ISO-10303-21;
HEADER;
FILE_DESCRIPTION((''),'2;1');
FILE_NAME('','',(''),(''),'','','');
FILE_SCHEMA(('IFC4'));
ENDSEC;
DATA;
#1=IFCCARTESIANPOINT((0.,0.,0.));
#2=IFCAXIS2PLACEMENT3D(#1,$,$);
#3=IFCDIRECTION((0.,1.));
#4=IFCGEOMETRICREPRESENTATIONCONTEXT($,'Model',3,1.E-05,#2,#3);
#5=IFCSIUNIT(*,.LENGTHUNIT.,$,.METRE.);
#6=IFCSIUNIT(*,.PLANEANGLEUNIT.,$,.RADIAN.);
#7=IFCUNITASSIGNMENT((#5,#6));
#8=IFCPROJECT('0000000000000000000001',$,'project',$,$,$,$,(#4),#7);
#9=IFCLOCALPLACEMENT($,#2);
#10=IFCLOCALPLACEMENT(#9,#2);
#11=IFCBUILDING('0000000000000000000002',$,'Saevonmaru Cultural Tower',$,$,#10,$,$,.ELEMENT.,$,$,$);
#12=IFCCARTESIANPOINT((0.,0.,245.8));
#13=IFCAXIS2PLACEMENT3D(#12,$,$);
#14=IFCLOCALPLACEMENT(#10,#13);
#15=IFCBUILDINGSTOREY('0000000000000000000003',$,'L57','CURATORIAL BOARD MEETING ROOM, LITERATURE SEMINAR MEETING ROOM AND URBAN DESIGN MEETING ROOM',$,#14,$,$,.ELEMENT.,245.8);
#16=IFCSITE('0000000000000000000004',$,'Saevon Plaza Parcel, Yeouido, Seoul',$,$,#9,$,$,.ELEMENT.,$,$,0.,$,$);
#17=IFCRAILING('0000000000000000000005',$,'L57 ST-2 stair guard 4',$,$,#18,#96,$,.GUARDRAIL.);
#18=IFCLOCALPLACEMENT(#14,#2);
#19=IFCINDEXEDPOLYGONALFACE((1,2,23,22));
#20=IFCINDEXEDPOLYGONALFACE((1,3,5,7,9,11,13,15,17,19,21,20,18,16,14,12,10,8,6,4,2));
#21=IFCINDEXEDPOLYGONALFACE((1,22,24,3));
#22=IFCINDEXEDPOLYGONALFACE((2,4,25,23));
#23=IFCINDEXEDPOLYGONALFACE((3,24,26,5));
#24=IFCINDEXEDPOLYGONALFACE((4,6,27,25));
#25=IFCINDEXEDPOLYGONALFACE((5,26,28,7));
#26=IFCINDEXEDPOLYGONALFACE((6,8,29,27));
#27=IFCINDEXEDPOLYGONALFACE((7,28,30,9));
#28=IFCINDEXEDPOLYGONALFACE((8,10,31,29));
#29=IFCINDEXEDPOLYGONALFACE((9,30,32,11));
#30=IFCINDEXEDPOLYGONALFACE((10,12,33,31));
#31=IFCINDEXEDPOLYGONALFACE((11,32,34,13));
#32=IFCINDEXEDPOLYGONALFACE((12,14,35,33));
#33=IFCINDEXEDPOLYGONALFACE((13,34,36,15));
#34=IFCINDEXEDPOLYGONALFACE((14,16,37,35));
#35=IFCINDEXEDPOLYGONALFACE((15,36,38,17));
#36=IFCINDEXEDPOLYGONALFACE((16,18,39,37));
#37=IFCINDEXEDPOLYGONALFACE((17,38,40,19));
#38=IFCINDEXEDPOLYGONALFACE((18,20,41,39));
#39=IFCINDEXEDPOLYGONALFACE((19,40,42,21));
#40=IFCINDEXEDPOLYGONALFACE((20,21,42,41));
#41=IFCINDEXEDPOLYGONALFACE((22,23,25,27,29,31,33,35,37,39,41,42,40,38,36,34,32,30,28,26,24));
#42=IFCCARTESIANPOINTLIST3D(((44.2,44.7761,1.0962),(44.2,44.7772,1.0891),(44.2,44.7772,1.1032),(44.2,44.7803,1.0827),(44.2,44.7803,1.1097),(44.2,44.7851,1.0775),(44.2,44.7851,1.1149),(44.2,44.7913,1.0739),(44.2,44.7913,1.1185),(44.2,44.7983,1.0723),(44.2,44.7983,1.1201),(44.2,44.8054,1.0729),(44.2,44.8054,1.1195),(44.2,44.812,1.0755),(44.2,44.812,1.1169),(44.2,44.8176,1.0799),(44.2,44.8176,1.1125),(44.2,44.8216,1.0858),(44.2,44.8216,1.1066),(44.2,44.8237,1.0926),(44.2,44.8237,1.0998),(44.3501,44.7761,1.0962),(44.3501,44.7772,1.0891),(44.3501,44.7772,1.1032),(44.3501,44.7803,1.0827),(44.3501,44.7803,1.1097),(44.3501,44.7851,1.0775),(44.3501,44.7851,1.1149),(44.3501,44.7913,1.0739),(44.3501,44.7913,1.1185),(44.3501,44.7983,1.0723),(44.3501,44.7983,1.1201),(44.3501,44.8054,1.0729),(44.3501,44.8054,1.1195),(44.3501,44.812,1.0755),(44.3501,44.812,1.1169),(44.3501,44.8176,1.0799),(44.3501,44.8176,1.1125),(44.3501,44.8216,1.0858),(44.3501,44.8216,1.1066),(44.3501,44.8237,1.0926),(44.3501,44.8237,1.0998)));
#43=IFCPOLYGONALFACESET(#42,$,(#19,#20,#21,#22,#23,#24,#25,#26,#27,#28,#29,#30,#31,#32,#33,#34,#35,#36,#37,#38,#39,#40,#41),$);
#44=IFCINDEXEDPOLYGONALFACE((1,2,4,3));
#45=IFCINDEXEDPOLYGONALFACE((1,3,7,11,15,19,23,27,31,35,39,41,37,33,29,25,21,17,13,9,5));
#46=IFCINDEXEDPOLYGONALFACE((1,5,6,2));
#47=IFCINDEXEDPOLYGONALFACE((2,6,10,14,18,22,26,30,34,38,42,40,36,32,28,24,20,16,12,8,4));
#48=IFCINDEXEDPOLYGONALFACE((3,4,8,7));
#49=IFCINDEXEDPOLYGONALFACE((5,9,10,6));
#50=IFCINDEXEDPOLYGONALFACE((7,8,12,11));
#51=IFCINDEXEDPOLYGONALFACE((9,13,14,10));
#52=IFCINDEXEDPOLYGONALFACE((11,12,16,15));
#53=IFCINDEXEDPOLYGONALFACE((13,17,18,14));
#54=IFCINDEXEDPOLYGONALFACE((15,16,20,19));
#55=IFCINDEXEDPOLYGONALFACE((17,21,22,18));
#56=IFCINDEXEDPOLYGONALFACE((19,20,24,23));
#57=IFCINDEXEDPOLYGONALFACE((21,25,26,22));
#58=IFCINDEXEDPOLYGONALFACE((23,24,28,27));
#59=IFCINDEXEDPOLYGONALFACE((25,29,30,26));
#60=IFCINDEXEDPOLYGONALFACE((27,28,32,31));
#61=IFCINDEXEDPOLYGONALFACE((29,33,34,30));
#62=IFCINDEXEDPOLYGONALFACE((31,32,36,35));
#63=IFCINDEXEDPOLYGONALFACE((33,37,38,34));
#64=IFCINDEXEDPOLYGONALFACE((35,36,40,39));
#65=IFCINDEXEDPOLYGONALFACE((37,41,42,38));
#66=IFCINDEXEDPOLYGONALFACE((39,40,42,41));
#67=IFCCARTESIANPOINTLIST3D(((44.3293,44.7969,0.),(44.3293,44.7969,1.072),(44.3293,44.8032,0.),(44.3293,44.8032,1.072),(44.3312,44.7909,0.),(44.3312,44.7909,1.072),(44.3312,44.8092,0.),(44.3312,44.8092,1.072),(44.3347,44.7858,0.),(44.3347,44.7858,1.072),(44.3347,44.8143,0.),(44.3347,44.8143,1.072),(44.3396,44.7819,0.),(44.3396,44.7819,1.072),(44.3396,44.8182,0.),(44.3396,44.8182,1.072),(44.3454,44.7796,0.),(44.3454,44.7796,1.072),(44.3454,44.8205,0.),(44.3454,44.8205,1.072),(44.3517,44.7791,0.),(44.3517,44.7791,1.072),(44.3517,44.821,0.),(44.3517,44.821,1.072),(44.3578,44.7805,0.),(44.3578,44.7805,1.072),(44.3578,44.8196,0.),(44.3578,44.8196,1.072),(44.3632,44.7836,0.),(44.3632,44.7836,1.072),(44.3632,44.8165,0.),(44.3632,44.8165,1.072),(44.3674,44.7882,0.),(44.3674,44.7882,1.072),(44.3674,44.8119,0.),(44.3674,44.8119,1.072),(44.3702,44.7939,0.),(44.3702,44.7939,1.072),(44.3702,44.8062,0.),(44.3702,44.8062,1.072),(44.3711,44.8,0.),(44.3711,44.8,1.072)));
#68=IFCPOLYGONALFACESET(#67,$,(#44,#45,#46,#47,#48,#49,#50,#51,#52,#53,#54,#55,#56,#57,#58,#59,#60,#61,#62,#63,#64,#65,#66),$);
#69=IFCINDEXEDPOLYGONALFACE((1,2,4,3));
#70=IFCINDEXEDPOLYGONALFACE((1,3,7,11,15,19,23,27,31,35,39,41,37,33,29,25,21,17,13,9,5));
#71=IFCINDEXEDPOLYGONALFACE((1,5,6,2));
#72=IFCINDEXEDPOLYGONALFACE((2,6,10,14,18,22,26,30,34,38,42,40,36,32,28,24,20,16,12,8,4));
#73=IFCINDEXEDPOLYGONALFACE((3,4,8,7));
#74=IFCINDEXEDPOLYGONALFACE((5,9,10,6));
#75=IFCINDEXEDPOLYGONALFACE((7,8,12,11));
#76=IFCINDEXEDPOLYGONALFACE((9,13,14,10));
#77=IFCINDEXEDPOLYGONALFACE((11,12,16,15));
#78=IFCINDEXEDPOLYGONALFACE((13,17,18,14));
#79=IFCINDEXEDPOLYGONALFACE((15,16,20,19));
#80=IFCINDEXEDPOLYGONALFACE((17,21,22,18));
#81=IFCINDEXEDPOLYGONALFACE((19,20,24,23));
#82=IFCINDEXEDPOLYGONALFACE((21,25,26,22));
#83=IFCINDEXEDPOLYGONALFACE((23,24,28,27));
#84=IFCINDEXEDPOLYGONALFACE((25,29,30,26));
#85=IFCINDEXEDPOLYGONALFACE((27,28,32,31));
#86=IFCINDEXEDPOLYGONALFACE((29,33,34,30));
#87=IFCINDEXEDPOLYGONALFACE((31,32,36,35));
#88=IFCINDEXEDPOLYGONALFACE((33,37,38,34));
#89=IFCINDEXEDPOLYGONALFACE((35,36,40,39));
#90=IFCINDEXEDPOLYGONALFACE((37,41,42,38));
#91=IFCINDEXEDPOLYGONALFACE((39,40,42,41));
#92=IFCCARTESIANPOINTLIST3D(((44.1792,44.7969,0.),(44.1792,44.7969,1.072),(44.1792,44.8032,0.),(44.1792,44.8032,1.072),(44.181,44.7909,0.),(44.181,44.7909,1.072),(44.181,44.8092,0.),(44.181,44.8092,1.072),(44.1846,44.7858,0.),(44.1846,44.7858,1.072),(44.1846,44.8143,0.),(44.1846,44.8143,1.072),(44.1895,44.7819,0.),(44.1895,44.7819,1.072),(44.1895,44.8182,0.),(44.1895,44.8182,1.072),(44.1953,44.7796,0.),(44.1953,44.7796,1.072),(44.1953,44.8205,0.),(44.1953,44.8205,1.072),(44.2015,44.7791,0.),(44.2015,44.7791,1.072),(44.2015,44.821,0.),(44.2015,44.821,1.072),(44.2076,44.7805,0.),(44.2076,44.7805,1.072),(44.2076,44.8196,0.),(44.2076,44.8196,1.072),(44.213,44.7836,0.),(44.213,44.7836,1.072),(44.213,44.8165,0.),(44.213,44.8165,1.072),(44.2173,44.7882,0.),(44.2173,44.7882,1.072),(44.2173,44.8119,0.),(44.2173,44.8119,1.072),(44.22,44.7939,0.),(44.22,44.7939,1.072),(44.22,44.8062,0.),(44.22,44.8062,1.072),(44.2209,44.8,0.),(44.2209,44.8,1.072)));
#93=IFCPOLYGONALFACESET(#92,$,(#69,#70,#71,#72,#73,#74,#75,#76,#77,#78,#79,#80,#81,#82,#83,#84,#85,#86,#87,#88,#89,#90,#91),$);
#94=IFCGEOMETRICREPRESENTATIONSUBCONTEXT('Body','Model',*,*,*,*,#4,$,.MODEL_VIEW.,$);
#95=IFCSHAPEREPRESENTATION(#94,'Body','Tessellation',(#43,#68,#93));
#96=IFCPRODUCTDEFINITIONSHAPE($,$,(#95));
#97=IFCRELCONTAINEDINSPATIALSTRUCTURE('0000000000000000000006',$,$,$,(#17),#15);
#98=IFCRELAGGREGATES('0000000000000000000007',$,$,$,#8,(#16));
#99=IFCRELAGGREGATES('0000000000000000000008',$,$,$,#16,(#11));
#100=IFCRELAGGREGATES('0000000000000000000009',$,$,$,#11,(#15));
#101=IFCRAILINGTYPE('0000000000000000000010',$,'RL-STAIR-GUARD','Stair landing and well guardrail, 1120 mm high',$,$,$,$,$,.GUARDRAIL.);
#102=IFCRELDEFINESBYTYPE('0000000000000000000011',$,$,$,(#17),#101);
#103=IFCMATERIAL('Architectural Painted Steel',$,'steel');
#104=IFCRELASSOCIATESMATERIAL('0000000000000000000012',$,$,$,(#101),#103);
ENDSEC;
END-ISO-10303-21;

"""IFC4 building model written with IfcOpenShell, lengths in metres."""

from ifc_helpers import new_model, si_unit, direction, frame, origin, origin_2d, place, context, subcontext, project, spatial, circle, extrude, material, type_object, element, save


model = new_model("IFC4")

# Units and contexts
model_context = context("Model", 3, precision=1e-05, world=origin(), true_north=direction((0.0, 1.0)))
body_context = subcontext(model_context, "Body", "Model", "MODEL_VIEW")
ifc_project = project(units=[si_unit("LENGTHUNIT", "METRE"), si_unit("PLANEANGLEUNIT", "RADIAN")], contexts=[model_context])

# Site, building, storey
site_placement = place(None, origin())
site = spatial("IfcSite", under=ifc_project, at=site_placement, Name="Saevon Plaza Parcel, Yeouido, Seoul", CompositionType="ELEMENT", RefElevation=0.0)
building_placement = place(site_placement, origin())
building = spatial("IfcBuilding", under=site, at=building_placement, Name="Saevonmaru Cultural Tower", CompositionType="ELEMENT")
storey_placement = place(building_placement, frame((0.0, 0.0, 245.8)))
storey = spatial("IfcBuildingStorey", under=building, at=storey_placement, Name="L57", Description="CURATORIAL BOARD MEETING ROOM, LITERATURE SEMINAR MEETING ROOM AND URBAN DESIGN MEETING ROOM", CompositionType="ELEMENT", Elevation=245.8)

# Railing
ifc_material_1 = material(Name="Architectural Painted Steel", Category="steel")
railing_type_1 = type_object("IfcRailingType", Name="RL-STAIR-GUARD", Description="Stair landing and well guardrail, 1120 mm high", PredefinedType="GUARDRAIL", material=ifc_material_1)
railing_1_placement = place(storey_placement, frame((44.3501, 44.8, 0.0)))
element("IfcRailing", 1, at=railing_1_placement, inside=storey, type_object=railing_type_1, Name="L57 ST-2 stair guard 4", PredefinedType="GUARDRAIL", context=body_context, shape_type="SweptSolid", body=[
    extrude(circle(Radius=0.0239, at=origin_2d()), frame((0.0, 0.0, 1.0962), z_axis=(-1.0, 0.0, 0.0), x_axis=(0.0, -1.0, 0.0)), (0.0, 0.0, 1.0), 0.1501),
    extrude(circle(Radius=0.021, at=origin_2d()), origin(), (0.0, 0.0, 1.0), 1.072),
    extrude(circle(Radius=0.021, at=origin_2d()), frame((-0.1501, 0.0, 0.0)), (0.0, 0.0, 1.0), 1.072),
])

save(model, "model.ifc")
